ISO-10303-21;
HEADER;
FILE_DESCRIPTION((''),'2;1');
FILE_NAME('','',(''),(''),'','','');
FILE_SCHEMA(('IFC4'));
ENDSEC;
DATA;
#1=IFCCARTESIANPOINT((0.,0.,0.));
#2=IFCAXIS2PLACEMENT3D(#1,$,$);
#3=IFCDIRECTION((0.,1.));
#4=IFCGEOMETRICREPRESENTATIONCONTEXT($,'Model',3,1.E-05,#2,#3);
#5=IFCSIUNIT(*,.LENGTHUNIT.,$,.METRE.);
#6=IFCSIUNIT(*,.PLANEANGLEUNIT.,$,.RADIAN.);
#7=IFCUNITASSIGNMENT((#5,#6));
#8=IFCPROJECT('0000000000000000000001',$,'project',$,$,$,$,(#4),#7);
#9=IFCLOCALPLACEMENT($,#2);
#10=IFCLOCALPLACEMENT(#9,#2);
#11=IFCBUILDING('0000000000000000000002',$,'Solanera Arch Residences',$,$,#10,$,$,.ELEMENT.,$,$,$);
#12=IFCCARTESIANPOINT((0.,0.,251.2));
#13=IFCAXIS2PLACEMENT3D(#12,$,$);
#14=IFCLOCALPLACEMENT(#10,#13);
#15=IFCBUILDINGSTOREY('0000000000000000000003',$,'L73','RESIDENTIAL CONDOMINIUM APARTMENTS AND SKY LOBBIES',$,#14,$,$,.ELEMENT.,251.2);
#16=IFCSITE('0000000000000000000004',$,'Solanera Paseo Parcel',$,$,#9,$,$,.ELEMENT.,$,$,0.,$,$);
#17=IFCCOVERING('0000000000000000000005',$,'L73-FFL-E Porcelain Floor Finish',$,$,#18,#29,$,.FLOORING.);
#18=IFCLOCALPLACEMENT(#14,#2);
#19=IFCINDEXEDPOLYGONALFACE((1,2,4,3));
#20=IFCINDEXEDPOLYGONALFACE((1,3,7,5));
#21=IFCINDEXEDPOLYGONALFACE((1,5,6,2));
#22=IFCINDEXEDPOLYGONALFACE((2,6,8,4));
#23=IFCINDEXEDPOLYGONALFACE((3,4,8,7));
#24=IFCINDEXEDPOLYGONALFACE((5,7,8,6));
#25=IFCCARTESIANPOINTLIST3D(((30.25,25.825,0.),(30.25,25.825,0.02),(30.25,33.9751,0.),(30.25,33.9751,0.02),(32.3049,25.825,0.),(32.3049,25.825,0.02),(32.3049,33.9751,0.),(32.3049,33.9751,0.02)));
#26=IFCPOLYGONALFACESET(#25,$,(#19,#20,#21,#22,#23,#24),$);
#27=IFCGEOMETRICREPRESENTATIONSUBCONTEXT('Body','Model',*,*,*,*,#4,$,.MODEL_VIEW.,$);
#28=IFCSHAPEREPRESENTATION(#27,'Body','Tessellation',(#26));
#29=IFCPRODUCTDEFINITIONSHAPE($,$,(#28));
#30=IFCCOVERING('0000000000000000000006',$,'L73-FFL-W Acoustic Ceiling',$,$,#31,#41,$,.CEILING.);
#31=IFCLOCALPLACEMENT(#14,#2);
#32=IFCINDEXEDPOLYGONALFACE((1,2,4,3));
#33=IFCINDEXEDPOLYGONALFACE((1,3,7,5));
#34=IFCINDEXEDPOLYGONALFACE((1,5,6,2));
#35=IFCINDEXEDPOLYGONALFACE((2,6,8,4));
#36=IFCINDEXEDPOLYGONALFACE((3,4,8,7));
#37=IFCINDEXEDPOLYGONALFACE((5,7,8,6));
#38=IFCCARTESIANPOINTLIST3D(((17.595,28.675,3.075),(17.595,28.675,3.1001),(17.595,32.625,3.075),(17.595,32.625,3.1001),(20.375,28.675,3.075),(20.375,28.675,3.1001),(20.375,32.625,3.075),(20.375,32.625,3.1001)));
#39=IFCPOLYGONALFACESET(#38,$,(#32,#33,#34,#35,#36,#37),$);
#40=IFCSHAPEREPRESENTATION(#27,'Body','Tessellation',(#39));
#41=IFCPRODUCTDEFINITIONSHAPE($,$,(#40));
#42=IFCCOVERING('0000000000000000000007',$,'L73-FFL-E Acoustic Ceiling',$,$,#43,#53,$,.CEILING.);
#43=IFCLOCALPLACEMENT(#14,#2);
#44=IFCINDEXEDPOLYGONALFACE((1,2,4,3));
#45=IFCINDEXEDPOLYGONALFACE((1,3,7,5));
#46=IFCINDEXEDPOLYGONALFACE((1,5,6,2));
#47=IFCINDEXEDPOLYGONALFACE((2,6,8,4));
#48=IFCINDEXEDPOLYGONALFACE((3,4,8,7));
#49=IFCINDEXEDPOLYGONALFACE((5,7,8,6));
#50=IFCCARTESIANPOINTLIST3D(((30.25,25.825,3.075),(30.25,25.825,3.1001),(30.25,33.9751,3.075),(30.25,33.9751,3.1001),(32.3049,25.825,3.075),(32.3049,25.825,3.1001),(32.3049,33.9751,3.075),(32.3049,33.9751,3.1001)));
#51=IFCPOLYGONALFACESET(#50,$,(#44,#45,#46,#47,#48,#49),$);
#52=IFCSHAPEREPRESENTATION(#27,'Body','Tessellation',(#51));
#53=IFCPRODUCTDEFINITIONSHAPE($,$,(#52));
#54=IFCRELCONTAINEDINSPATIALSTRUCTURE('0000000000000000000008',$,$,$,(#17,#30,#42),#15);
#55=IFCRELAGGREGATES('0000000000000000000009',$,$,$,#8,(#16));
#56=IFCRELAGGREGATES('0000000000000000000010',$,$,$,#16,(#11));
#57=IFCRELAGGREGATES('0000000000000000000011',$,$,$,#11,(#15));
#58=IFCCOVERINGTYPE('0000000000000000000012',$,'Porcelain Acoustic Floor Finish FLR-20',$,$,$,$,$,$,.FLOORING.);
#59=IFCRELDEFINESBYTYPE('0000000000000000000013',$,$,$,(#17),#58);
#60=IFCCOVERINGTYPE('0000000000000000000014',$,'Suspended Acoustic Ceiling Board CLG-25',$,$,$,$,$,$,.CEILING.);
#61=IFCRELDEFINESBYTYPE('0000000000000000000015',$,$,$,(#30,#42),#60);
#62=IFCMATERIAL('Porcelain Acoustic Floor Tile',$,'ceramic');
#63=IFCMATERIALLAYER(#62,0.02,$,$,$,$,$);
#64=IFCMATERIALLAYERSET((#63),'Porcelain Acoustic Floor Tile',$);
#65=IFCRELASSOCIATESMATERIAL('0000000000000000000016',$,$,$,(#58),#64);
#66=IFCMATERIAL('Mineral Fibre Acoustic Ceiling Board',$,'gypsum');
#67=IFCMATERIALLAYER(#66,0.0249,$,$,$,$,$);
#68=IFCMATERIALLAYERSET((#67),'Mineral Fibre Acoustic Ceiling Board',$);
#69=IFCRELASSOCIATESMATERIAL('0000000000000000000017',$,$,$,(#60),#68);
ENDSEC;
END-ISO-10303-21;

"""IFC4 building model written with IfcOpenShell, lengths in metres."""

from ifc_helpers import new_model, si_unit, direction, frame, origin, place, context, subcontext, project, spatial, polyline, outline, extrude, material, layer, layer_set, type_object, element, save


model = new_model("IFC4")

# Units and contexts
model_context = context("Model", 3, precision=1e-05, world=origin(), true_north=direction((0.0, 1.0)))
body_context = subcontext(model_context, "Body", "Model", "MODEL_VIEW")
ifc_project = project(units=[si_unit("LENGTHUNIT", "METRE"), si_unit("PLANEANGLEUNIT", "RADIAN")], contexts=[model_context])

# Site, building, storey
site_placement = place(None, origin())
site = spatial("IfcSite", under=ifc_project, at=site_placement, Name="Solanera Paseo Parcel", CompositionType="ELEMENT", RefElevation=0.0)
building_placement = place(site_placement, origin())
building = spatial("IfcBuilding", under=site, at=building_placement, Name="Solanera Arch Residences", CompositionType="ELEMENT")
storey_placement = place(building_placement, frame((0.0, 0.0, 251.2)))
storey = spatial("IfcBuildingStorey", under=building, at=storey_placement, Name="L73", Description="RESIDENTIAL CONDOMINIUM APARTMENTS AND SKY LOBBIES", CompositionType="ELEMENT", Elevation=251.2)

# Coverings
ifc_material_1 = material(Name="Porcelain Acoustic Floor Tile", Category="ceramic")
ifc_layer_1 = layer(ifc_material_1, 0.02)
ifc_layer_set_1 = layer_set([ifc_layer_1], Name="Porcelain Acoustic Floor Tile")
covering_type_1 = type_object("IfcCoveringType", Name="Porcelain Acoustic Floor Finish FLR-20", PredefinedType="FLOORING", material=ifc_layer_set_1)
covering_1_placement = place(storey_placement, origin())
element("IfcCovering", 1, at=covering_1_placement, inside=storey, type_object=covering_type_1, Name="L73-FFL-E Porcelain Floor Finish", PredefinedType="FLOORING", context=body_context, shape_type="SweptSolid", body=[
    extrude(outline(polyline([(32.3049, 25.825), (30.25, 25.825), (30.25, 33.9751), (32.3049, 33.9751), (32.3049, 25.825)])), origin(), (0.0, 0.0, 1.0), 0.02),
])
ifc_material_2 = material(Name="Mineral Fibre Acoustic Ceiling Board", Category="gypsum")
ifc_layer_2 = layer(ifc_material_2, 0.0249)
ifc_layer_set_2 = layer_set([ifc_layer_2], Name="Mineral Fibre Acoustic Ceiling Board")
covering_type_2 = type_object("IfcCoveringType", Name="Suspended Acoustic Ceiling Board CLG-25", PredefinedType="CEILING", material=ifc_layer_set_2)
covering_2_placement = place(storey_placement, frame((0.0, 0.0, 3.075)))
element("IfcCovering", 2, at=covering_2_placement, inside=storey, type_object=covering_type_2, Name="L73-FFL-W Acoustic Ceiling", PredefinedType="CEILING", context=body_context, shape_type="SweptSolid", body=[
    extrude(outline(polyline([(20.375, 28.675), (17.595, 28.675), (17.595, 32.625), (20.375, 32.625), (20.375, 28.675)])), origin(), (0.0, 0.0, 1.0), 0.0251),
])
covering_3_placement = place(storey_placement, frame((0.0, 0.0, 3.075)))
element("IfcCovering", 3, at=covering_3_placement, inside=storey, type_object=covering_type_2, Name="L73-FFL-E Acoustic Ceiling", PredefinedType="CEILING", context=body_context, shape_type="SweptSolid", body=[
    extrude(outline(polyline([(32.3049, 25.825), (30.25, 25.825), (30.25, 33.9751), (32.3049, 33.9751), (32.3049, 25.825)])), origin(), (0.0, 0.0, 1.0), 0.0251),
])

save(model, "model.ifc")
